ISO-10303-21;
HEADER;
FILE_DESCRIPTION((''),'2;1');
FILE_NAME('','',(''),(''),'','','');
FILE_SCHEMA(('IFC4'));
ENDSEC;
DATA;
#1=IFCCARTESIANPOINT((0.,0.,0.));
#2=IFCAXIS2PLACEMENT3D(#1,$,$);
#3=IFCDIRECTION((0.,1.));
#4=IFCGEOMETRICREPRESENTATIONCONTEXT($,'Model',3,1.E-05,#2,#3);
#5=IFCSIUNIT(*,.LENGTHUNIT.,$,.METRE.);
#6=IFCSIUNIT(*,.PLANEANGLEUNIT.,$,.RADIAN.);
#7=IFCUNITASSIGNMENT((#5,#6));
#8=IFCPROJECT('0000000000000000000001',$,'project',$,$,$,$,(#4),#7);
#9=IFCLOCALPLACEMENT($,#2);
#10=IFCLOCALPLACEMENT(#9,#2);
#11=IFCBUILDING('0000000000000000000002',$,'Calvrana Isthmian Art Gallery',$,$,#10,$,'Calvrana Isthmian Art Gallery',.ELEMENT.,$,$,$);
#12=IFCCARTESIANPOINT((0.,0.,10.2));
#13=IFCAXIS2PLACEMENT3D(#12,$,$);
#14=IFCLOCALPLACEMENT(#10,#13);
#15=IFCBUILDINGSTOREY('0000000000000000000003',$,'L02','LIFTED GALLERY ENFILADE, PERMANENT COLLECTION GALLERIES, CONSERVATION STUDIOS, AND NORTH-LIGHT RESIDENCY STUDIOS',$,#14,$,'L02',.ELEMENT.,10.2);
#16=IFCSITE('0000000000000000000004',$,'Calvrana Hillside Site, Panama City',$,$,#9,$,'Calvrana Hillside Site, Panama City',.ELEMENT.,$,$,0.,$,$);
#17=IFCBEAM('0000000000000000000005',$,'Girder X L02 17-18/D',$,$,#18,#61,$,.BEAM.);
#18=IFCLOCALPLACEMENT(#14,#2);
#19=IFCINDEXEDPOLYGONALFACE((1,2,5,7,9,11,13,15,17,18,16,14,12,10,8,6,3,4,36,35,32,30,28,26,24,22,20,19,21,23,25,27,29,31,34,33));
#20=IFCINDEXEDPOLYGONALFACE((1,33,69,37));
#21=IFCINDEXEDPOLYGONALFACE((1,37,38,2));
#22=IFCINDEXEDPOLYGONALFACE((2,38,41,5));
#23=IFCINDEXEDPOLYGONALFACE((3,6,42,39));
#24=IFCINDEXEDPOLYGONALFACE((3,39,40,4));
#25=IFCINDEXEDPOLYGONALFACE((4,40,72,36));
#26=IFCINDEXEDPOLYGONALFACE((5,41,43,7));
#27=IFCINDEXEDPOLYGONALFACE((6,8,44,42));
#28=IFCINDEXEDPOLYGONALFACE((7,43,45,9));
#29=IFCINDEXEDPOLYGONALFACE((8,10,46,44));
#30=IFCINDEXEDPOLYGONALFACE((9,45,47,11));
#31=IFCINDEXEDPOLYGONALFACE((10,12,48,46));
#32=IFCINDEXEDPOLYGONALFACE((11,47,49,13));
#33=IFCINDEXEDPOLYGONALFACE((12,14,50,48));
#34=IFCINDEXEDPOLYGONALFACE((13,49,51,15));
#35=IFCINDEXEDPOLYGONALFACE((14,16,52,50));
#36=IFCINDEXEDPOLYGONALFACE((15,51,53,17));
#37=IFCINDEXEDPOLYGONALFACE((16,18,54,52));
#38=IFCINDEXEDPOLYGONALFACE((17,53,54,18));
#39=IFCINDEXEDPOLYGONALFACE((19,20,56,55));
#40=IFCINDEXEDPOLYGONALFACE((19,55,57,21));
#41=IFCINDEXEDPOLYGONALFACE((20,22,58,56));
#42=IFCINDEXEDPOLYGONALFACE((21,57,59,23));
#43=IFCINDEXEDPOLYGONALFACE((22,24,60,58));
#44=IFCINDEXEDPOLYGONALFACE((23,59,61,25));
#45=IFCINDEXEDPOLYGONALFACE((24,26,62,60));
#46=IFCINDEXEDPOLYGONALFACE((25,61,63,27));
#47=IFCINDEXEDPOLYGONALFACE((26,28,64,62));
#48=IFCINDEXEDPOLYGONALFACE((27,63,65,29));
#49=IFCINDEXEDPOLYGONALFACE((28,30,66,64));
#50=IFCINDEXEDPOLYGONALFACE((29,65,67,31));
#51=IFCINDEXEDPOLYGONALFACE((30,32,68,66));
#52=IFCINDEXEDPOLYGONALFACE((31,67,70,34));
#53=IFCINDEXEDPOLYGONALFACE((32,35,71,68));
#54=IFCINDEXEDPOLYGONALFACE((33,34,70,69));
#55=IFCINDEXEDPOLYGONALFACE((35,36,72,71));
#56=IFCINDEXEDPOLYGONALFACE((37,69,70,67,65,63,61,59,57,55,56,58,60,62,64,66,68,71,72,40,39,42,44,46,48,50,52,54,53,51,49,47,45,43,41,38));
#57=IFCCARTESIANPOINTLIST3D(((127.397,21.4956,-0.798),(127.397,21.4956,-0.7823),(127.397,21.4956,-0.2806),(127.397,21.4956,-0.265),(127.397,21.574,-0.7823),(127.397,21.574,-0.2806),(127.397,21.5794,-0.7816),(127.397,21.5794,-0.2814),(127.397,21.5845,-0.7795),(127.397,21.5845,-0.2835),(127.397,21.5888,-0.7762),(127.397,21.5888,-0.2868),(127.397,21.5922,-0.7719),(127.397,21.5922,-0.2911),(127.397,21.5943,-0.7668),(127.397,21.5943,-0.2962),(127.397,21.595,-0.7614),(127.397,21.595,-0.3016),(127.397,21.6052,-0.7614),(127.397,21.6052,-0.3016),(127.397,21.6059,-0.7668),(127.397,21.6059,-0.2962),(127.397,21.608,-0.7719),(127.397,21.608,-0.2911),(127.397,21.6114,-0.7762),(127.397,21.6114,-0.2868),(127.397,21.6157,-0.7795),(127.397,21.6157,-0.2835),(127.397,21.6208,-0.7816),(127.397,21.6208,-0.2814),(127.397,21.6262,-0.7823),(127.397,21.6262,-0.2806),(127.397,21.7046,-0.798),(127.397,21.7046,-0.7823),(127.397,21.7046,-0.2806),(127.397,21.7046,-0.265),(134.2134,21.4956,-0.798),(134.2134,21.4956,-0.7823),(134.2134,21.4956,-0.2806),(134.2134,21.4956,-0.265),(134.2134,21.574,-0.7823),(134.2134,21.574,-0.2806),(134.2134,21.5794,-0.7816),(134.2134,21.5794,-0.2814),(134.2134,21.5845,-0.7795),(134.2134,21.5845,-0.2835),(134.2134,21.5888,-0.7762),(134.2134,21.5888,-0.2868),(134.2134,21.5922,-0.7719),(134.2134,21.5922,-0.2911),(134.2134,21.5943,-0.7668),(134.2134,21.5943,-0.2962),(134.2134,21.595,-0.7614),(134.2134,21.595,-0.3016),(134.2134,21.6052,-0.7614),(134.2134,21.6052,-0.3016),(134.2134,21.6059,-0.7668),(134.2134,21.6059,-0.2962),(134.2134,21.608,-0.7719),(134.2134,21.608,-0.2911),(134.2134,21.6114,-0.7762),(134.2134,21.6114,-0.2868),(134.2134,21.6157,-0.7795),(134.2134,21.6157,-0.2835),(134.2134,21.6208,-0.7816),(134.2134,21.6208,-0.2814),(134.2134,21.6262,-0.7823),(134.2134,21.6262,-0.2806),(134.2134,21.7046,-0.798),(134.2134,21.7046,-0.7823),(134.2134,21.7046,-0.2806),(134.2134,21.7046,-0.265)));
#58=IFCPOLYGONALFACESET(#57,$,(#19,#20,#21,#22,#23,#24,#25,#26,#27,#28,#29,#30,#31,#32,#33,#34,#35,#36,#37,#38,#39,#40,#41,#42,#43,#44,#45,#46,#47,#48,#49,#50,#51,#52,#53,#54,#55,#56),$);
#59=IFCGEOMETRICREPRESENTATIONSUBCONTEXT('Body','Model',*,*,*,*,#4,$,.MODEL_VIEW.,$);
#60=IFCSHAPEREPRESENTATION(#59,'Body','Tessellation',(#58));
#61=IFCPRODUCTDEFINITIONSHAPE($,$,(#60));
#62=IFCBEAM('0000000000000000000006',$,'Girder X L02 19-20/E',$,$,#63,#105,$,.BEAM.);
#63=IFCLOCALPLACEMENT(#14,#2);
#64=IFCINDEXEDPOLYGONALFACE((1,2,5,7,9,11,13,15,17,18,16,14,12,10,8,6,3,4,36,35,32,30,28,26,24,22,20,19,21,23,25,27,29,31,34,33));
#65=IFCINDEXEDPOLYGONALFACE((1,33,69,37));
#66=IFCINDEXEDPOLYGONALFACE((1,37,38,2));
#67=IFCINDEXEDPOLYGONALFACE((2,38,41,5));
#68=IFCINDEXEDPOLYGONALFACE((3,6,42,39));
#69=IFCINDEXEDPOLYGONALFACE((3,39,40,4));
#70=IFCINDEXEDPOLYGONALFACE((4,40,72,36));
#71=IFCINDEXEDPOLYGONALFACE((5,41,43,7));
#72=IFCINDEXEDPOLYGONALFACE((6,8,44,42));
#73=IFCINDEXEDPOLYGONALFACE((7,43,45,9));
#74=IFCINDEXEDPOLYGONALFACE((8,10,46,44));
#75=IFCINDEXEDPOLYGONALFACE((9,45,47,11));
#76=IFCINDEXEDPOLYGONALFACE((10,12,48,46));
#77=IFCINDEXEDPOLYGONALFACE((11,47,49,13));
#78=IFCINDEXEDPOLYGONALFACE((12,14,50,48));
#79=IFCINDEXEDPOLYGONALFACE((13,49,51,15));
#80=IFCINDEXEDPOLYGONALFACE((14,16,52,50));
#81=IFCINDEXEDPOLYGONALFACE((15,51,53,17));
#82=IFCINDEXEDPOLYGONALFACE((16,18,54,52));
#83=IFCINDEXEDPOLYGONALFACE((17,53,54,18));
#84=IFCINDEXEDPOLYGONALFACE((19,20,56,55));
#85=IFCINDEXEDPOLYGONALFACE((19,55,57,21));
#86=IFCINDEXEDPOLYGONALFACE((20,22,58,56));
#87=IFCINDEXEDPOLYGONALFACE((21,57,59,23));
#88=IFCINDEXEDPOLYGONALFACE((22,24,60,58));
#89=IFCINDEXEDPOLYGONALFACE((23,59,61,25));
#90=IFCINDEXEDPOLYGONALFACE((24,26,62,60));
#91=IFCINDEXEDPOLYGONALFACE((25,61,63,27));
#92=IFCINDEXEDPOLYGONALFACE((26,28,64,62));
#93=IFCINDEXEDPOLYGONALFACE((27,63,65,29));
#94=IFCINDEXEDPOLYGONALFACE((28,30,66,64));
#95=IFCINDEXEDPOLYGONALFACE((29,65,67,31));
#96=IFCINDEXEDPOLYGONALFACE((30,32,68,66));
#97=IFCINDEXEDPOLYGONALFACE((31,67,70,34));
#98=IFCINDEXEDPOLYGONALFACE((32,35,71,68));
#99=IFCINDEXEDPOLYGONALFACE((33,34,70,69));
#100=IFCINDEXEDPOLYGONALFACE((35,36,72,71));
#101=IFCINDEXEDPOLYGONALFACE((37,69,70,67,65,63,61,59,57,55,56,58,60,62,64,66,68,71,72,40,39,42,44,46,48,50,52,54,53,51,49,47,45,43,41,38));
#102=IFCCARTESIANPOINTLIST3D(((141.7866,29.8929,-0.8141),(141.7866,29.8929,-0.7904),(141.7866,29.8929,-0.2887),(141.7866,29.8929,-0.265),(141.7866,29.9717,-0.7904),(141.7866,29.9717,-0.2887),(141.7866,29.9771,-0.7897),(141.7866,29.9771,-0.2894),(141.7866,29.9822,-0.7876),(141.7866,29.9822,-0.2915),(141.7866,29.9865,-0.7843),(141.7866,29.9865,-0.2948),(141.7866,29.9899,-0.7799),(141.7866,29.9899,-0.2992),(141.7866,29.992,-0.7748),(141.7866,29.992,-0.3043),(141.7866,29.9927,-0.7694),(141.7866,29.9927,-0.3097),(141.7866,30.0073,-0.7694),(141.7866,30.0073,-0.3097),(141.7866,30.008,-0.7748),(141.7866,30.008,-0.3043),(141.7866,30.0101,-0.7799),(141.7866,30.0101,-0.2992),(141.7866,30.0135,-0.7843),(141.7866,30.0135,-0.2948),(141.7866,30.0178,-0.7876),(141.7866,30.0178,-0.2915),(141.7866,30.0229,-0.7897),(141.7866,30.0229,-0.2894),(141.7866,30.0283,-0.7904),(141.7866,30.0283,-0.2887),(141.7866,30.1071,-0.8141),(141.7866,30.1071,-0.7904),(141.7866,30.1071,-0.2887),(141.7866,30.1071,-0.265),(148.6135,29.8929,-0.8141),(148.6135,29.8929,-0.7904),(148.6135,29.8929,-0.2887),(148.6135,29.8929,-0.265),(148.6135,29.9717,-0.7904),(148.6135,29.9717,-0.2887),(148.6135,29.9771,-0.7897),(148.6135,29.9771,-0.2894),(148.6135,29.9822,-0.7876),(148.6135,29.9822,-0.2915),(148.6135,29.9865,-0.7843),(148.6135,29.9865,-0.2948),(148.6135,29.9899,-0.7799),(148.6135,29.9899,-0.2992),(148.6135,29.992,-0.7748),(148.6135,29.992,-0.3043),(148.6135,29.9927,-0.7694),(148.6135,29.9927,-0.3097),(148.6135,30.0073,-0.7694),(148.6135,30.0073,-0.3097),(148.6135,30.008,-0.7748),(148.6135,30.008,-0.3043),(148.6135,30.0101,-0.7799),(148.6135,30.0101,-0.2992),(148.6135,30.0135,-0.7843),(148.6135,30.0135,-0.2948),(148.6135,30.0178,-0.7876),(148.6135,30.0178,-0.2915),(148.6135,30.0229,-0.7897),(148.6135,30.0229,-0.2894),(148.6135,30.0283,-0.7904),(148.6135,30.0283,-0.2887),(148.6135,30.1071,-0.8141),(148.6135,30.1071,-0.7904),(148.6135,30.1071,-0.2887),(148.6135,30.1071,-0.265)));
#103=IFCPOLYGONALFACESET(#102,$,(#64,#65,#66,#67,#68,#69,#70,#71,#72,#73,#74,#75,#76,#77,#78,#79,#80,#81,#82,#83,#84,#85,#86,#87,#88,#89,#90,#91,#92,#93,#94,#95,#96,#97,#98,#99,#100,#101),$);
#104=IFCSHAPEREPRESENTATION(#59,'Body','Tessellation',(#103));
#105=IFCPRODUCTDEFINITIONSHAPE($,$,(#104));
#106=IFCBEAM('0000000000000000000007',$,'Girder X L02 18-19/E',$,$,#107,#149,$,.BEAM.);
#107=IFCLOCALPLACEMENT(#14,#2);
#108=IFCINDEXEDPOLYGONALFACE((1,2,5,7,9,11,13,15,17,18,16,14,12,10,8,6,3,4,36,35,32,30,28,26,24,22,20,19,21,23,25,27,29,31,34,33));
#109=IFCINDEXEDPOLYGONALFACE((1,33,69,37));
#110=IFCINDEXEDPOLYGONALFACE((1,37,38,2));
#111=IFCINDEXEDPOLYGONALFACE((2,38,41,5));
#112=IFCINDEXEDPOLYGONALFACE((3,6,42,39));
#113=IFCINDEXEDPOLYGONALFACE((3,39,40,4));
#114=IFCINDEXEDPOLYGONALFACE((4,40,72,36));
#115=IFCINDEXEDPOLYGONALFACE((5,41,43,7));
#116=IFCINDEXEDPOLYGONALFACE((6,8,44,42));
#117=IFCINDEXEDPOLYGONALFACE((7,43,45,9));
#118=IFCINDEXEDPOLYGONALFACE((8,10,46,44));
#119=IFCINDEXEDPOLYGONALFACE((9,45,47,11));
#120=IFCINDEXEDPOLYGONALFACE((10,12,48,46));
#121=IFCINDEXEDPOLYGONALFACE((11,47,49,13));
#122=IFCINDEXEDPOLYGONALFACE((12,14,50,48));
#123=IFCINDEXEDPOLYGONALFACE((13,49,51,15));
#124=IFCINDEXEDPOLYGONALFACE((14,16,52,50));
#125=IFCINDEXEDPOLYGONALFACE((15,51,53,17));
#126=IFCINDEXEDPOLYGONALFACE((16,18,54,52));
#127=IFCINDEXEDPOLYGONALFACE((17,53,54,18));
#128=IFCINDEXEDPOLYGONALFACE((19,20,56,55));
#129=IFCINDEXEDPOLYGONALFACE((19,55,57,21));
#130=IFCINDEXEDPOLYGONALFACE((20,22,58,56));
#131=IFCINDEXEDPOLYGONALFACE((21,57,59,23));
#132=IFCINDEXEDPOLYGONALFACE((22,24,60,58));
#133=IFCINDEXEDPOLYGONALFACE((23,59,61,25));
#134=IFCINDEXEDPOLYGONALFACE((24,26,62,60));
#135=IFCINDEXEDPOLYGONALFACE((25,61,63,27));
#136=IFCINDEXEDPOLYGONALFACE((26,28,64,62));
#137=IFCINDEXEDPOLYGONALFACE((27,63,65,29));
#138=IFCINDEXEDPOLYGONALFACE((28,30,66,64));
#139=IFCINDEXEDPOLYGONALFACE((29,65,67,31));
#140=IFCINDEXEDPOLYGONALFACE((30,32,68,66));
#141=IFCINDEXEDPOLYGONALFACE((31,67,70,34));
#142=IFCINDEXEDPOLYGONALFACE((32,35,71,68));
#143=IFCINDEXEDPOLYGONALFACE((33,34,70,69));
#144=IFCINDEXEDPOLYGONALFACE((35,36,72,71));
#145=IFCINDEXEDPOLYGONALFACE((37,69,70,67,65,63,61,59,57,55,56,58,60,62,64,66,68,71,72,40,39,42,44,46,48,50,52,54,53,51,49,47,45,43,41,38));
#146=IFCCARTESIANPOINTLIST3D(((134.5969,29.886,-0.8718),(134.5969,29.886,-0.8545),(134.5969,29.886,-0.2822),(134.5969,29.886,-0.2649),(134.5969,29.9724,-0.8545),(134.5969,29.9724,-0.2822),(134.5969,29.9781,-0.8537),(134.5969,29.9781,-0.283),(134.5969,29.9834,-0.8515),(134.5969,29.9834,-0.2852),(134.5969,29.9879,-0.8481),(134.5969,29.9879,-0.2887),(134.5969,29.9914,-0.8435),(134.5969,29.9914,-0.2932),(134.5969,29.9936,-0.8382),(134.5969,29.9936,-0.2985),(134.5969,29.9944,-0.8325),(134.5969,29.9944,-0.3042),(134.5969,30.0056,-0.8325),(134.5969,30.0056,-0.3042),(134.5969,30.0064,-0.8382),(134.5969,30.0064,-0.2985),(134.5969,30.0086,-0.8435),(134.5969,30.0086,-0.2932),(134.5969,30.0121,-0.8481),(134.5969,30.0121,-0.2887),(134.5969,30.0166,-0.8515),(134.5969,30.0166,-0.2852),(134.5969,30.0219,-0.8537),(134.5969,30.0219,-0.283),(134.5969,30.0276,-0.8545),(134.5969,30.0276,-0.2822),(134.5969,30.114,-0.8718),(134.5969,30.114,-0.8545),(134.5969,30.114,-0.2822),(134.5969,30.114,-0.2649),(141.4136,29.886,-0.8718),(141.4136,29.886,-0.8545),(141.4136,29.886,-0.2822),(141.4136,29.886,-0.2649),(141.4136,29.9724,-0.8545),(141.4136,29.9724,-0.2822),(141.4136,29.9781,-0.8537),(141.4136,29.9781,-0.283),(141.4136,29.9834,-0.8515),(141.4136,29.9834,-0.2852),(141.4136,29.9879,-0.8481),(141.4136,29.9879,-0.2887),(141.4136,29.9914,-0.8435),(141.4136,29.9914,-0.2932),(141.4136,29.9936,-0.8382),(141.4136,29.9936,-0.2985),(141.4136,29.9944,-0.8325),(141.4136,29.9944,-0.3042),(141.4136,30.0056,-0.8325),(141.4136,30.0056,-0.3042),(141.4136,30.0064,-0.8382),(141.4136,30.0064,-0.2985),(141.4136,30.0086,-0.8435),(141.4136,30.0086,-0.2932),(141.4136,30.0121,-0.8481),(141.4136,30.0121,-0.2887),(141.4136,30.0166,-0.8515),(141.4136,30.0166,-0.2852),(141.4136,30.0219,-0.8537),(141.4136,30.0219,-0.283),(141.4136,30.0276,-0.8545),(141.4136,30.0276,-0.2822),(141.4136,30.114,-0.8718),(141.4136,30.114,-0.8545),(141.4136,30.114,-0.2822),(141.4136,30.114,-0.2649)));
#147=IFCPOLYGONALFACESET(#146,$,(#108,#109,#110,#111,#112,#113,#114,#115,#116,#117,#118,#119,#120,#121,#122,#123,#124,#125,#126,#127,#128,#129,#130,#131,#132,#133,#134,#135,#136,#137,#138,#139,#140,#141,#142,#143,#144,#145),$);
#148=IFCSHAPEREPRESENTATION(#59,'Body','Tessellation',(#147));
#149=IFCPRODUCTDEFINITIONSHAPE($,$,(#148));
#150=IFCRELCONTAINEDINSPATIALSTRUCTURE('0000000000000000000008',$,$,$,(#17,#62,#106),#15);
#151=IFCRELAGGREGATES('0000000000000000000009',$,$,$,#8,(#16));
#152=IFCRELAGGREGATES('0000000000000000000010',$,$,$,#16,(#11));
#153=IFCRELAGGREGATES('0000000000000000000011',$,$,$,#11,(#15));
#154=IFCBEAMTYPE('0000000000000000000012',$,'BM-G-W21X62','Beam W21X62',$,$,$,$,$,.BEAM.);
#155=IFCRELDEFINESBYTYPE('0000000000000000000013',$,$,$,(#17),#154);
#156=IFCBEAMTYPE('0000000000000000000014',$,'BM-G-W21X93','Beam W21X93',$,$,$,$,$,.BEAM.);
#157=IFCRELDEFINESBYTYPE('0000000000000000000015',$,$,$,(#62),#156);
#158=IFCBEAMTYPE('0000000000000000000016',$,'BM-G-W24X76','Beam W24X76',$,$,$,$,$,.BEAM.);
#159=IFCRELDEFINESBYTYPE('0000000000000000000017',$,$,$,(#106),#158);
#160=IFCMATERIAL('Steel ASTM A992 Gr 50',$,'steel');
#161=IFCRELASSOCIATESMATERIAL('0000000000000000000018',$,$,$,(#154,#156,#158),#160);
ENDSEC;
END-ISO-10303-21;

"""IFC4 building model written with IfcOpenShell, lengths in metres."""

from ifc_helpers import new_model, si_unit, direction, frame, origin, origin_2d, place, context, subcontext, project, spatial, i_section, extrude, material, material_profile, profile_set, type_object, element, save


model = new_model("IFC4")

# Units and contexts
model_context = context("Model", 3, precision=1e-05, world=origin(), true_north=direction((0.0, 1.0)))
body_context = subcontext(model_context, "Body", "Model", "MODEL_VIEW")
ifc_project = project(units=[si_unit("LENGTHUNIT", "METRE"), si_unit("PLANEANGLEUNIT", "RADIAN")], contexts=[model_context])

# Site, building, storey
site_placement = place(None, origin())
site = spatial("IfcSite", under=ifc_project, at=site_placement, Name="Calvrana Hillside Site, Panama City", LongName="Calvrana Hillside Site, Panama City", CompositionType="ELEMENT", RefElevation=0.0)
building_placement = place(site_placement, origin())
building = spatial("IfcBuilding", under=site, at=building_placement, Name="Calvrana Isthmian Art Gallery", LongName="Calvrana Isthmian Art Gallery", CompositionType="ELEMENT")
storey_placement = place(building_placement, frame((0.0, 0.0, 10.2)))
storey = spatial("IfcBuildingStorey", under=building, at=storey_placement, Name="L02", Description="LIFTED GALLERY ENFILADE, PERMANENT COLLECTION GALLERIES, CONSERVATION STUDIOS, AND NORTH-LIGHT RESIDENCY STUDIOS", LongName="L02", CompositionType="ELEMENT", Elevation=10.2)

# Shared definitions
ifc_material_1 = material(Name="Steel ASTM A992 Gr 50", Category="steel")

# Beams
ifc_material_profile_1 = material_profile(ifc_material_1, i_section(OverallWidth=0.209, OverallDepth=0.533, WebThickness=0.0103, FlangeThickness=0.0156, FilletRadius=0.021, at=origin_2d()), Name="W21X62")
ifc_profile_set_1 = profile_set([ifc_material_profile_1], Name="Steel ASTM A992 Gr 50")
beam_type_1 = type_object("IfcBeamType", Name="BM-G-W21X62", Description="Beam W21X62", PredefinedType="BEAM", material=ifc_profile_set_1)
beam_1_placement = place(storey_placement, frame((127.397, 21.6001, -0.5315), z_axis=(1.0, 0.0, 0.0), x_axis=(0.0, 1.0, 0.0)))
element("IfcBeam", 1, at=beam_1_placement, inside=storey, type_object=beam_type_1, Name="Girder X L02 17-18/D", PredefinedType="BEAM", context=body_context, shape_type="SweptSolid", body=[
    extrude(i_section(OverallWidth=0.209, OverallDepth=0.533, WebThickness=0.0103, FlangeThickness=0.0156, FilletRadius=0.021, at=origin_2d()), origin(), (0.0, 0.0, 1.0), 6.8164),
])
ifc_material_profile_2 = material_profile(ifc_material_1, i_section(OverallWidth=0.2141, OverallDepth=0.5491, WebThickness=0.0146, FlangeThickness=0.0237, FilletRadius=0.021, at=origin_2d()), Name="W21X93")
ifc_profile_set_2 = profile_set([ifc_material_profile_2], Name="Steel ASTM A992 Gr 50")
beam_type_2 = type_object("IfcBeamType", Name="BM-G-W21X93", Description="Beam W21X93", PredefinedType="BEAM", material=ifc_profile_set_2)
beam_2_placement = place(storey_placement, frame((141.7866, 30.0, -0.5396), z_axis=(1.0, 0.0, 0.0), x_axis=(0.0, 1.0, 0.0)))
element("IfcBeam", 2, at=beam_2_placement, inside=storey, type_object=beam_type_2, Name="Girder X L02 19-20/E", PredefinedType="BEAM", context=body_context, shape_type="SweptSolid", body=[
    extrude(i_section(OverallWidth=0.2141, OverallDepth=0.5491, WebThickness=0.0146, FlangeThickness=0.0237, FilletRadius=0.021, at=origin_2d()), origin(), (0.0, 0.0, 1.0), 6.8269),
])
ifc_material_profile_3 = material_profile(ifc_material_1, i_section(OverallWidth=0.228, OverallDepth=0.6069, WebThickness=0.0112, FlangeThickness=0.0173, FilletRadius=0.022, at=origin_2d()), Name="W24X76")
ifc_profile_set_3 = profile_set([ifc_material_profile_3], Name="Steel ASTM A992 Gr 50")
beam_type_3 = type_object("IfcBeamType", Name="BM-G-W24X76", Description="Beam W24X76", PredefinedType="BEAM", material=ifc_profile_set_3)
beam_3_placement = place(storey_placement, frame((134.5969, 30.0, -0.5684), z_axis=(1.0, 0.0, 0.0), x_axis=(0.0, 1.0, 0.0)))
element("IfcBeam", 3, at=beam_3_placement, inside=storey, type_object=beam_type_3, Name="Girder X L02 18-19/E", PredefinedType="BEAM", context=body_context, shape_type="SweptSolid", body=[
    extrude(i_section(OverallWidth=0.228, OverallDepth=0.6069, WebThickness=0.0112, FlangeThickness=0.0173, FilletRadius=0.022, at=origin_2d()), origin(), (0.0, 0.0, 1.0), 6.8167),
])

save(model, "model.ifc")
